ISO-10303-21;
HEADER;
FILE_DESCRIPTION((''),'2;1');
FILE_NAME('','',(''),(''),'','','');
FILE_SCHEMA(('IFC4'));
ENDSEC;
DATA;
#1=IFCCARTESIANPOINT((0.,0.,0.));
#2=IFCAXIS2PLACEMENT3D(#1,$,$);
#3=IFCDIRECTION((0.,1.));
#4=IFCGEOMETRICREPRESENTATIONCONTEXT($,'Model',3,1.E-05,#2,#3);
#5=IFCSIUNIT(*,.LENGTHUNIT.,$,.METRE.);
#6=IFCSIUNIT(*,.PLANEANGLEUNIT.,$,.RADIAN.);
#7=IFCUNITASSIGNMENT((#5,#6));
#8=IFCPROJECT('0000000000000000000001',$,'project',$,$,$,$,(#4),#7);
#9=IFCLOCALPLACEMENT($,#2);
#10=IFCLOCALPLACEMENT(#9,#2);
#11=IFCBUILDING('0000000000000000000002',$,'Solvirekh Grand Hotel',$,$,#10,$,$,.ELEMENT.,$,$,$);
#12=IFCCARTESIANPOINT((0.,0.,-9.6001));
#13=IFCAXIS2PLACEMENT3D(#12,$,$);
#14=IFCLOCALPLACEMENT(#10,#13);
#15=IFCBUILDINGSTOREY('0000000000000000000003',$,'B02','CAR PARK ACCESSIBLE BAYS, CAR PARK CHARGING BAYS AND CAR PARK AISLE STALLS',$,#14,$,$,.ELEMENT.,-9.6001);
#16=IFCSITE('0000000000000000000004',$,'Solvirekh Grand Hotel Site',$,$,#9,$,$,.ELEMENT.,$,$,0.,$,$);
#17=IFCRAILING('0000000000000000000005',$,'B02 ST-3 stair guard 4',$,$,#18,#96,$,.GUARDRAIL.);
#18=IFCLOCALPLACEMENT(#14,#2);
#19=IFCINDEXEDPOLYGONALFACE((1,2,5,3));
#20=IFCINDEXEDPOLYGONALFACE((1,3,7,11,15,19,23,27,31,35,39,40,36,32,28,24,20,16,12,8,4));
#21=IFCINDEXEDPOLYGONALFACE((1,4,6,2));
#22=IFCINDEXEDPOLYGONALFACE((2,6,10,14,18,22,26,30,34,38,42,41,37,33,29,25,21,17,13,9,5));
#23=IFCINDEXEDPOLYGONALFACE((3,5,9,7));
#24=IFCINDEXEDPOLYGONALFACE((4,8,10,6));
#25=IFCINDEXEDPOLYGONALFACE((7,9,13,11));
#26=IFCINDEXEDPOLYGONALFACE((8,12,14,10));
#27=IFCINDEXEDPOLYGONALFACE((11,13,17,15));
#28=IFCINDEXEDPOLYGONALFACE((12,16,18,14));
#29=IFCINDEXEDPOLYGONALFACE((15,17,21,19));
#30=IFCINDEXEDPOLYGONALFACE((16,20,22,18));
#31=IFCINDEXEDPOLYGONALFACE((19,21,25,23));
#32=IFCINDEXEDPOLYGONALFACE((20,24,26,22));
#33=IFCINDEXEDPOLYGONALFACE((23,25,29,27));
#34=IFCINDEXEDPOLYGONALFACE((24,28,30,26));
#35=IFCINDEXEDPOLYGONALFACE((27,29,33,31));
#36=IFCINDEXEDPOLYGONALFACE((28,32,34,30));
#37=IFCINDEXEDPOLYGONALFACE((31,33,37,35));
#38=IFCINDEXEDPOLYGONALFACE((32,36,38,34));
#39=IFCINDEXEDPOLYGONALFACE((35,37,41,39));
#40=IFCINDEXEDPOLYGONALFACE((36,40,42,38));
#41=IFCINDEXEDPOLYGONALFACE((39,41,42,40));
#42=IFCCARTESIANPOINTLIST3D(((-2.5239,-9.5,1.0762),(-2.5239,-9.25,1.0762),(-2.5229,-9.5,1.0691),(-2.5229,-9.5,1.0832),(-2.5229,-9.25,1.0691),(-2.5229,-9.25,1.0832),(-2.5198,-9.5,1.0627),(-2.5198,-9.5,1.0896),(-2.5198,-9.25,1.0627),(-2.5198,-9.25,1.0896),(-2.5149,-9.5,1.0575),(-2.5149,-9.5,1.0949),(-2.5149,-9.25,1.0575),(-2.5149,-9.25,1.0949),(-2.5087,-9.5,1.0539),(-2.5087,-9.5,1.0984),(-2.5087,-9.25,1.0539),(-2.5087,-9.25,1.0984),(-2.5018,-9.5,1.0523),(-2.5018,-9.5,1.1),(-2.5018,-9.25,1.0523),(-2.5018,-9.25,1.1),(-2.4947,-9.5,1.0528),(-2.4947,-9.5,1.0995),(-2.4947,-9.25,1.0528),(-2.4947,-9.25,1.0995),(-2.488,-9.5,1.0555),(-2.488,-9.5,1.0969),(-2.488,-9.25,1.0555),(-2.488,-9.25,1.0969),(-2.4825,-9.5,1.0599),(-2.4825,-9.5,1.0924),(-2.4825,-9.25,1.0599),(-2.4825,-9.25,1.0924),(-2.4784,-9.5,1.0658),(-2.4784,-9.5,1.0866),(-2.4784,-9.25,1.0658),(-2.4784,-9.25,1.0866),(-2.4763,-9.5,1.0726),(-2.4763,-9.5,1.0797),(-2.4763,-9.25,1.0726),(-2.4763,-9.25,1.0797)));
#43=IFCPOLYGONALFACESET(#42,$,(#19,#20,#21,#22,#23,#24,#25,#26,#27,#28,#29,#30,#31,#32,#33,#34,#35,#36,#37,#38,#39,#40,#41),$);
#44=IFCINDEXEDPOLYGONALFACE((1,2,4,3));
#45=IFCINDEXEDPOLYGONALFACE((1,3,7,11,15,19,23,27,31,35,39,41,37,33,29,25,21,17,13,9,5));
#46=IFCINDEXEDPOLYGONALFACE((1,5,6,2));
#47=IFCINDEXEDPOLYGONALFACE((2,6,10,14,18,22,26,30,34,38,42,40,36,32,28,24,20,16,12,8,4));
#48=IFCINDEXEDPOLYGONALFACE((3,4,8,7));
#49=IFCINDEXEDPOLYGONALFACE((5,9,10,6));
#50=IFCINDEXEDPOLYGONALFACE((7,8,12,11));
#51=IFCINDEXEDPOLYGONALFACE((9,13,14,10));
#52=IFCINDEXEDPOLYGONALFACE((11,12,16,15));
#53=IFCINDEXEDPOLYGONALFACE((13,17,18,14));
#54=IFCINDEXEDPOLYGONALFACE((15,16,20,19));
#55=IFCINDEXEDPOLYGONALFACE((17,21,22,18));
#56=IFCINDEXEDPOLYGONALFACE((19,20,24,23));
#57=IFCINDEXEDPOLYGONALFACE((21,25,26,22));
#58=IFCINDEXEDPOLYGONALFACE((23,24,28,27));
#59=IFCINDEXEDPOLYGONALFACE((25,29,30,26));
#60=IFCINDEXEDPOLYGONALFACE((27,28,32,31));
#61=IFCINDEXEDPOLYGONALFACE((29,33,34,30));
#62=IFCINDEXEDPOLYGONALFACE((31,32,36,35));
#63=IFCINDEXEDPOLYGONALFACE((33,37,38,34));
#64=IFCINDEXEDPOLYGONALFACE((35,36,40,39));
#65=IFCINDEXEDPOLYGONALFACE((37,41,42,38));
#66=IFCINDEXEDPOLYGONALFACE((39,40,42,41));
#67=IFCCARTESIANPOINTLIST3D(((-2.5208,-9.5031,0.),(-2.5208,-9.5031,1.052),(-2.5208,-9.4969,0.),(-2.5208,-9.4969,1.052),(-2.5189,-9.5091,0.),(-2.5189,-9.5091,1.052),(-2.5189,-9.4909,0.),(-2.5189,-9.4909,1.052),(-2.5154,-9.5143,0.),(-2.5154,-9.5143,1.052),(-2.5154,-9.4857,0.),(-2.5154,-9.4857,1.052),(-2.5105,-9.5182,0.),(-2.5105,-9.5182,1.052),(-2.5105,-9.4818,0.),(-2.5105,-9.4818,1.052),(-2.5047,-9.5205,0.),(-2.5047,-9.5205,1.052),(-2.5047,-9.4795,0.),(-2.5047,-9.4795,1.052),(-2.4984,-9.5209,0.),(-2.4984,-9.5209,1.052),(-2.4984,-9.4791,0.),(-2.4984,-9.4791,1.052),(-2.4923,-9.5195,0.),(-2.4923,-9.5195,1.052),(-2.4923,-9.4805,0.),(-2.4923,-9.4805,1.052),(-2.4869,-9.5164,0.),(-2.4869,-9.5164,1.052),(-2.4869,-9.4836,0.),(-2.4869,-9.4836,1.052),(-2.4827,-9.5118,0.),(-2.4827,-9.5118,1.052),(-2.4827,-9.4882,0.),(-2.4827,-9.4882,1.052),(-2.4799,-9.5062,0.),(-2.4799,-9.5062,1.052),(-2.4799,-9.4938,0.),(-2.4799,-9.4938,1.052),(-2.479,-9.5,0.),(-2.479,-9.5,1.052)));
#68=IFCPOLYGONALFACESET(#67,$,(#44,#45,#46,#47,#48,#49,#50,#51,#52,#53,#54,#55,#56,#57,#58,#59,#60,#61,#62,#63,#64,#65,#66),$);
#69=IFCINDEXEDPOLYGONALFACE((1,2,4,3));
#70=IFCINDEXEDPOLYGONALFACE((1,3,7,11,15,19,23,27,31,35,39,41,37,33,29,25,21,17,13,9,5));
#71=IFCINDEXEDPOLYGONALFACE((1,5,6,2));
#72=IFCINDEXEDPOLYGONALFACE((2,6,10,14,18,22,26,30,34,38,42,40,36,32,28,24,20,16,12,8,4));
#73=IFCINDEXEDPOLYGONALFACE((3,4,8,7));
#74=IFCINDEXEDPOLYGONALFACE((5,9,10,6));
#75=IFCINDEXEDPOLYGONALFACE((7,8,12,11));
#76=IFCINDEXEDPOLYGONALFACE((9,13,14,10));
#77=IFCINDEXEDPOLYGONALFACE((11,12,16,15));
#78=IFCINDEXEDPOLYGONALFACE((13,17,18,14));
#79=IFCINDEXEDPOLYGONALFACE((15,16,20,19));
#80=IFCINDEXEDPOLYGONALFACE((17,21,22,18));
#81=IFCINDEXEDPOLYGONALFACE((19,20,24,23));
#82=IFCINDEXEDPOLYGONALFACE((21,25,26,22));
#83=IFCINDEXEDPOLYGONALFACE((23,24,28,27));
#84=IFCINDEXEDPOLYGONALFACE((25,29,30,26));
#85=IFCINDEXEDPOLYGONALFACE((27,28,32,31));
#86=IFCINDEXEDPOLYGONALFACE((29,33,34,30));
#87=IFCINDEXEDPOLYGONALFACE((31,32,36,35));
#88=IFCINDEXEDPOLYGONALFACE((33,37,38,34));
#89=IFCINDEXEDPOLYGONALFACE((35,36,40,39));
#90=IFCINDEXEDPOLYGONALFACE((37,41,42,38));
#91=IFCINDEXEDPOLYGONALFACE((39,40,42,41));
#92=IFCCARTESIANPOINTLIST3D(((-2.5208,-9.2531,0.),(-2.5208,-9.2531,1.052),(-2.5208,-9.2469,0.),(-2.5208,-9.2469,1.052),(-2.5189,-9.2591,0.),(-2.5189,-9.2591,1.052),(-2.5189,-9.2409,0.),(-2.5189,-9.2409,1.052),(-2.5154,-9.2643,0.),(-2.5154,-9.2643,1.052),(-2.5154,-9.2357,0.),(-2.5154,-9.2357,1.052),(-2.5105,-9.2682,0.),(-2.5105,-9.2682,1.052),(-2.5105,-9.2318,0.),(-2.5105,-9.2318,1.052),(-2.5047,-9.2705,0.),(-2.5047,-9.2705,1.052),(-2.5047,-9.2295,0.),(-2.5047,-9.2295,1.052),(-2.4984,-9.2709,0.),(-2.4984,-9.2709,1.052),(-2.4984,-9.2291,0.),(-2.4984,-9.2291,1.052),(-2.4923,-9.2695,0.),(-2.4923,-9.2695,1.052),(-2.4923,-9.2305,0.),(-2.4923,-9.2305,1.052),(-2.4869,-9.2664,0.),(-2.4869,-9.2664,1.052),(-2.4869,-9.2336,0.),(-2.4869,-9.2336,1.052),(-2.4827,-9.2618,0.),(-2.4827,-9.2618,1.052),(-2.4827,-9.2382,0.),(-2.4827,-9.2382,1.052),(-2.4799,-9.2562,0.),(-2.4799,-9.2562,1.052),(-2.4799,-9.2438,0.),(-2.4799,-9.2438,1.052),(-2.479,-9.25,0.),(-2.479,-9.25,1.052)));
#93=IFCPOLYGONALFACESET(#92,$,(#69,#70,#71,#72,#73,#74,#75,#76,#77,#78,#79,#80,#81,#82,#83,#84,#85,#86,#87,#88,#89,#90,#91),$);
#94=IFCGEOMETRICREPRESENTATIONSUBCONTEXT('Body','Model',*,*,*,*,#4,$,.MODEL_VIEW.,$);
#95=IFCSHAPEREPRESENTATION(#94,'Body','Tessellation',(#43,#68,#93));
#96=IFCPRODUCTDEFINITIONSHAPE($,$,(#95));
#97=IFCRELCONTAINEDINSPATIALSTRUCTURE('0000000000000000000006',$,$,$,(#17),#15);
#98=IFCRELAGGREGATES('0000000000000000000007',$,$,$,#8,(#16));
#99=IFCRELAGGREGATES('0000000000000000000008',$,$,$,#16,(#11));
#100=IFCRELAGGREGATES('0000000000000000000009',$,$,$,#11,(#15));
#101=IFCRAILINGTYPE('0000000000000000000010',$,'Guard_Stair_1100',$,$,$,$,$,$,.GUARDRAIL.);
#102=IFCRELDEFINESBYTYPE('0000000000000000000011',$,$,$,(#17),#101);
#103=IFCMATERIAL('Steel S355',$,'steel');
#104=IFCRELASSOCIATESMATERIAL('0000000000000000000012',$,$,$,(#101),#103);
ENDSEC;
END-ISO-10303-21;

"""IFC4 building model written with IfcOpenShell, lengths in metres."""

from ifc_helpers import new_model, si_unit, direction, frame, origin, origin_2d, place, context, subcontext, project, spatial, circle, extrude, material, type_object, element, save


model = new_model("IFC4")

# Units and contexts
model_context = context("Model", 3, precision=1e-05, world=origin(), true_north=direction((0.0, 1.0)))
body_context = subcontext(model_context, "Body", "Model", "MODEL_VIEW")
ifc_project = project(units=[si_unit("LENGTHUNIT", "METRE"), si_unit("PLANEANGLEUNIT", "RADIAN")], contexts=[model_context])

# Site, building, storey
site_placement = place(None, origin())
site = spatial("IfcSite", under=ifc_project, at=site_placement, Name="Solvirekh Grand Hotel Site", CompositionType="ELEMENT", RefElevation=0.0)
building_placement = place(site_placement, origin())
building = spatial("IfcBuilding", under=site, at=building_placement, Name="Solvirekh Grand Hotel", CompositionType="ELEMENT")
storey_placement = place(building_placement, frame((0.0, 0.0, -9.6001)))
storey = spatial("IfcBuildingStorey", under=building, at=storey_placement, Name="B02", Description="CAR PARK ACCESSIBLE BAYS, CAR PARK CHARGING BAYS AND CAR PARK AISLE STALLS", CompositionType="ELEMENT", Elevation=-9.6001)

# Shared definitions
ifc_material_1 = material(Name="Steel S355", Category="steel")

# Railing
railing_type_1 = type_object("IfcRailingType", Name="Guard_Stair_1100", PredefinedType="GUARDRAIL", material=ifc_material_1)
railing_1_placement = place(storey_placement, frame((-2.5, -9.5, 0.0)))
element("IfcRailing", 1, at=railing_1_placement, inside=storey, type_object=railing_type_1, Name="B02 ST-3 stair guard 4", PredefinedType="GUARDRAIL", context=body_context, shape_type="SweptSolid", body=[
    extrude(circle(Radius=0.0239, at=origin_2d()), frame((0.0, 0.0, 1.0762), z_axis=(0.0, 1.0, 0.0), x_axis=(-1.0, 0.0, 0.0)), (0.0, 0.0, 1.0), 0.25),
    extrude(circle(Radius=0.021, at=origin_2d()), origin(), (0.0, 0.0, 1.0), 1.052),
    extrude(circle(Radius=0.021, at=origin_2d()), frame((0.0, 0.25, 0.0)), (0.0, 0.0, 1.0), 1.052),
])

save(model, "model.ifc")
